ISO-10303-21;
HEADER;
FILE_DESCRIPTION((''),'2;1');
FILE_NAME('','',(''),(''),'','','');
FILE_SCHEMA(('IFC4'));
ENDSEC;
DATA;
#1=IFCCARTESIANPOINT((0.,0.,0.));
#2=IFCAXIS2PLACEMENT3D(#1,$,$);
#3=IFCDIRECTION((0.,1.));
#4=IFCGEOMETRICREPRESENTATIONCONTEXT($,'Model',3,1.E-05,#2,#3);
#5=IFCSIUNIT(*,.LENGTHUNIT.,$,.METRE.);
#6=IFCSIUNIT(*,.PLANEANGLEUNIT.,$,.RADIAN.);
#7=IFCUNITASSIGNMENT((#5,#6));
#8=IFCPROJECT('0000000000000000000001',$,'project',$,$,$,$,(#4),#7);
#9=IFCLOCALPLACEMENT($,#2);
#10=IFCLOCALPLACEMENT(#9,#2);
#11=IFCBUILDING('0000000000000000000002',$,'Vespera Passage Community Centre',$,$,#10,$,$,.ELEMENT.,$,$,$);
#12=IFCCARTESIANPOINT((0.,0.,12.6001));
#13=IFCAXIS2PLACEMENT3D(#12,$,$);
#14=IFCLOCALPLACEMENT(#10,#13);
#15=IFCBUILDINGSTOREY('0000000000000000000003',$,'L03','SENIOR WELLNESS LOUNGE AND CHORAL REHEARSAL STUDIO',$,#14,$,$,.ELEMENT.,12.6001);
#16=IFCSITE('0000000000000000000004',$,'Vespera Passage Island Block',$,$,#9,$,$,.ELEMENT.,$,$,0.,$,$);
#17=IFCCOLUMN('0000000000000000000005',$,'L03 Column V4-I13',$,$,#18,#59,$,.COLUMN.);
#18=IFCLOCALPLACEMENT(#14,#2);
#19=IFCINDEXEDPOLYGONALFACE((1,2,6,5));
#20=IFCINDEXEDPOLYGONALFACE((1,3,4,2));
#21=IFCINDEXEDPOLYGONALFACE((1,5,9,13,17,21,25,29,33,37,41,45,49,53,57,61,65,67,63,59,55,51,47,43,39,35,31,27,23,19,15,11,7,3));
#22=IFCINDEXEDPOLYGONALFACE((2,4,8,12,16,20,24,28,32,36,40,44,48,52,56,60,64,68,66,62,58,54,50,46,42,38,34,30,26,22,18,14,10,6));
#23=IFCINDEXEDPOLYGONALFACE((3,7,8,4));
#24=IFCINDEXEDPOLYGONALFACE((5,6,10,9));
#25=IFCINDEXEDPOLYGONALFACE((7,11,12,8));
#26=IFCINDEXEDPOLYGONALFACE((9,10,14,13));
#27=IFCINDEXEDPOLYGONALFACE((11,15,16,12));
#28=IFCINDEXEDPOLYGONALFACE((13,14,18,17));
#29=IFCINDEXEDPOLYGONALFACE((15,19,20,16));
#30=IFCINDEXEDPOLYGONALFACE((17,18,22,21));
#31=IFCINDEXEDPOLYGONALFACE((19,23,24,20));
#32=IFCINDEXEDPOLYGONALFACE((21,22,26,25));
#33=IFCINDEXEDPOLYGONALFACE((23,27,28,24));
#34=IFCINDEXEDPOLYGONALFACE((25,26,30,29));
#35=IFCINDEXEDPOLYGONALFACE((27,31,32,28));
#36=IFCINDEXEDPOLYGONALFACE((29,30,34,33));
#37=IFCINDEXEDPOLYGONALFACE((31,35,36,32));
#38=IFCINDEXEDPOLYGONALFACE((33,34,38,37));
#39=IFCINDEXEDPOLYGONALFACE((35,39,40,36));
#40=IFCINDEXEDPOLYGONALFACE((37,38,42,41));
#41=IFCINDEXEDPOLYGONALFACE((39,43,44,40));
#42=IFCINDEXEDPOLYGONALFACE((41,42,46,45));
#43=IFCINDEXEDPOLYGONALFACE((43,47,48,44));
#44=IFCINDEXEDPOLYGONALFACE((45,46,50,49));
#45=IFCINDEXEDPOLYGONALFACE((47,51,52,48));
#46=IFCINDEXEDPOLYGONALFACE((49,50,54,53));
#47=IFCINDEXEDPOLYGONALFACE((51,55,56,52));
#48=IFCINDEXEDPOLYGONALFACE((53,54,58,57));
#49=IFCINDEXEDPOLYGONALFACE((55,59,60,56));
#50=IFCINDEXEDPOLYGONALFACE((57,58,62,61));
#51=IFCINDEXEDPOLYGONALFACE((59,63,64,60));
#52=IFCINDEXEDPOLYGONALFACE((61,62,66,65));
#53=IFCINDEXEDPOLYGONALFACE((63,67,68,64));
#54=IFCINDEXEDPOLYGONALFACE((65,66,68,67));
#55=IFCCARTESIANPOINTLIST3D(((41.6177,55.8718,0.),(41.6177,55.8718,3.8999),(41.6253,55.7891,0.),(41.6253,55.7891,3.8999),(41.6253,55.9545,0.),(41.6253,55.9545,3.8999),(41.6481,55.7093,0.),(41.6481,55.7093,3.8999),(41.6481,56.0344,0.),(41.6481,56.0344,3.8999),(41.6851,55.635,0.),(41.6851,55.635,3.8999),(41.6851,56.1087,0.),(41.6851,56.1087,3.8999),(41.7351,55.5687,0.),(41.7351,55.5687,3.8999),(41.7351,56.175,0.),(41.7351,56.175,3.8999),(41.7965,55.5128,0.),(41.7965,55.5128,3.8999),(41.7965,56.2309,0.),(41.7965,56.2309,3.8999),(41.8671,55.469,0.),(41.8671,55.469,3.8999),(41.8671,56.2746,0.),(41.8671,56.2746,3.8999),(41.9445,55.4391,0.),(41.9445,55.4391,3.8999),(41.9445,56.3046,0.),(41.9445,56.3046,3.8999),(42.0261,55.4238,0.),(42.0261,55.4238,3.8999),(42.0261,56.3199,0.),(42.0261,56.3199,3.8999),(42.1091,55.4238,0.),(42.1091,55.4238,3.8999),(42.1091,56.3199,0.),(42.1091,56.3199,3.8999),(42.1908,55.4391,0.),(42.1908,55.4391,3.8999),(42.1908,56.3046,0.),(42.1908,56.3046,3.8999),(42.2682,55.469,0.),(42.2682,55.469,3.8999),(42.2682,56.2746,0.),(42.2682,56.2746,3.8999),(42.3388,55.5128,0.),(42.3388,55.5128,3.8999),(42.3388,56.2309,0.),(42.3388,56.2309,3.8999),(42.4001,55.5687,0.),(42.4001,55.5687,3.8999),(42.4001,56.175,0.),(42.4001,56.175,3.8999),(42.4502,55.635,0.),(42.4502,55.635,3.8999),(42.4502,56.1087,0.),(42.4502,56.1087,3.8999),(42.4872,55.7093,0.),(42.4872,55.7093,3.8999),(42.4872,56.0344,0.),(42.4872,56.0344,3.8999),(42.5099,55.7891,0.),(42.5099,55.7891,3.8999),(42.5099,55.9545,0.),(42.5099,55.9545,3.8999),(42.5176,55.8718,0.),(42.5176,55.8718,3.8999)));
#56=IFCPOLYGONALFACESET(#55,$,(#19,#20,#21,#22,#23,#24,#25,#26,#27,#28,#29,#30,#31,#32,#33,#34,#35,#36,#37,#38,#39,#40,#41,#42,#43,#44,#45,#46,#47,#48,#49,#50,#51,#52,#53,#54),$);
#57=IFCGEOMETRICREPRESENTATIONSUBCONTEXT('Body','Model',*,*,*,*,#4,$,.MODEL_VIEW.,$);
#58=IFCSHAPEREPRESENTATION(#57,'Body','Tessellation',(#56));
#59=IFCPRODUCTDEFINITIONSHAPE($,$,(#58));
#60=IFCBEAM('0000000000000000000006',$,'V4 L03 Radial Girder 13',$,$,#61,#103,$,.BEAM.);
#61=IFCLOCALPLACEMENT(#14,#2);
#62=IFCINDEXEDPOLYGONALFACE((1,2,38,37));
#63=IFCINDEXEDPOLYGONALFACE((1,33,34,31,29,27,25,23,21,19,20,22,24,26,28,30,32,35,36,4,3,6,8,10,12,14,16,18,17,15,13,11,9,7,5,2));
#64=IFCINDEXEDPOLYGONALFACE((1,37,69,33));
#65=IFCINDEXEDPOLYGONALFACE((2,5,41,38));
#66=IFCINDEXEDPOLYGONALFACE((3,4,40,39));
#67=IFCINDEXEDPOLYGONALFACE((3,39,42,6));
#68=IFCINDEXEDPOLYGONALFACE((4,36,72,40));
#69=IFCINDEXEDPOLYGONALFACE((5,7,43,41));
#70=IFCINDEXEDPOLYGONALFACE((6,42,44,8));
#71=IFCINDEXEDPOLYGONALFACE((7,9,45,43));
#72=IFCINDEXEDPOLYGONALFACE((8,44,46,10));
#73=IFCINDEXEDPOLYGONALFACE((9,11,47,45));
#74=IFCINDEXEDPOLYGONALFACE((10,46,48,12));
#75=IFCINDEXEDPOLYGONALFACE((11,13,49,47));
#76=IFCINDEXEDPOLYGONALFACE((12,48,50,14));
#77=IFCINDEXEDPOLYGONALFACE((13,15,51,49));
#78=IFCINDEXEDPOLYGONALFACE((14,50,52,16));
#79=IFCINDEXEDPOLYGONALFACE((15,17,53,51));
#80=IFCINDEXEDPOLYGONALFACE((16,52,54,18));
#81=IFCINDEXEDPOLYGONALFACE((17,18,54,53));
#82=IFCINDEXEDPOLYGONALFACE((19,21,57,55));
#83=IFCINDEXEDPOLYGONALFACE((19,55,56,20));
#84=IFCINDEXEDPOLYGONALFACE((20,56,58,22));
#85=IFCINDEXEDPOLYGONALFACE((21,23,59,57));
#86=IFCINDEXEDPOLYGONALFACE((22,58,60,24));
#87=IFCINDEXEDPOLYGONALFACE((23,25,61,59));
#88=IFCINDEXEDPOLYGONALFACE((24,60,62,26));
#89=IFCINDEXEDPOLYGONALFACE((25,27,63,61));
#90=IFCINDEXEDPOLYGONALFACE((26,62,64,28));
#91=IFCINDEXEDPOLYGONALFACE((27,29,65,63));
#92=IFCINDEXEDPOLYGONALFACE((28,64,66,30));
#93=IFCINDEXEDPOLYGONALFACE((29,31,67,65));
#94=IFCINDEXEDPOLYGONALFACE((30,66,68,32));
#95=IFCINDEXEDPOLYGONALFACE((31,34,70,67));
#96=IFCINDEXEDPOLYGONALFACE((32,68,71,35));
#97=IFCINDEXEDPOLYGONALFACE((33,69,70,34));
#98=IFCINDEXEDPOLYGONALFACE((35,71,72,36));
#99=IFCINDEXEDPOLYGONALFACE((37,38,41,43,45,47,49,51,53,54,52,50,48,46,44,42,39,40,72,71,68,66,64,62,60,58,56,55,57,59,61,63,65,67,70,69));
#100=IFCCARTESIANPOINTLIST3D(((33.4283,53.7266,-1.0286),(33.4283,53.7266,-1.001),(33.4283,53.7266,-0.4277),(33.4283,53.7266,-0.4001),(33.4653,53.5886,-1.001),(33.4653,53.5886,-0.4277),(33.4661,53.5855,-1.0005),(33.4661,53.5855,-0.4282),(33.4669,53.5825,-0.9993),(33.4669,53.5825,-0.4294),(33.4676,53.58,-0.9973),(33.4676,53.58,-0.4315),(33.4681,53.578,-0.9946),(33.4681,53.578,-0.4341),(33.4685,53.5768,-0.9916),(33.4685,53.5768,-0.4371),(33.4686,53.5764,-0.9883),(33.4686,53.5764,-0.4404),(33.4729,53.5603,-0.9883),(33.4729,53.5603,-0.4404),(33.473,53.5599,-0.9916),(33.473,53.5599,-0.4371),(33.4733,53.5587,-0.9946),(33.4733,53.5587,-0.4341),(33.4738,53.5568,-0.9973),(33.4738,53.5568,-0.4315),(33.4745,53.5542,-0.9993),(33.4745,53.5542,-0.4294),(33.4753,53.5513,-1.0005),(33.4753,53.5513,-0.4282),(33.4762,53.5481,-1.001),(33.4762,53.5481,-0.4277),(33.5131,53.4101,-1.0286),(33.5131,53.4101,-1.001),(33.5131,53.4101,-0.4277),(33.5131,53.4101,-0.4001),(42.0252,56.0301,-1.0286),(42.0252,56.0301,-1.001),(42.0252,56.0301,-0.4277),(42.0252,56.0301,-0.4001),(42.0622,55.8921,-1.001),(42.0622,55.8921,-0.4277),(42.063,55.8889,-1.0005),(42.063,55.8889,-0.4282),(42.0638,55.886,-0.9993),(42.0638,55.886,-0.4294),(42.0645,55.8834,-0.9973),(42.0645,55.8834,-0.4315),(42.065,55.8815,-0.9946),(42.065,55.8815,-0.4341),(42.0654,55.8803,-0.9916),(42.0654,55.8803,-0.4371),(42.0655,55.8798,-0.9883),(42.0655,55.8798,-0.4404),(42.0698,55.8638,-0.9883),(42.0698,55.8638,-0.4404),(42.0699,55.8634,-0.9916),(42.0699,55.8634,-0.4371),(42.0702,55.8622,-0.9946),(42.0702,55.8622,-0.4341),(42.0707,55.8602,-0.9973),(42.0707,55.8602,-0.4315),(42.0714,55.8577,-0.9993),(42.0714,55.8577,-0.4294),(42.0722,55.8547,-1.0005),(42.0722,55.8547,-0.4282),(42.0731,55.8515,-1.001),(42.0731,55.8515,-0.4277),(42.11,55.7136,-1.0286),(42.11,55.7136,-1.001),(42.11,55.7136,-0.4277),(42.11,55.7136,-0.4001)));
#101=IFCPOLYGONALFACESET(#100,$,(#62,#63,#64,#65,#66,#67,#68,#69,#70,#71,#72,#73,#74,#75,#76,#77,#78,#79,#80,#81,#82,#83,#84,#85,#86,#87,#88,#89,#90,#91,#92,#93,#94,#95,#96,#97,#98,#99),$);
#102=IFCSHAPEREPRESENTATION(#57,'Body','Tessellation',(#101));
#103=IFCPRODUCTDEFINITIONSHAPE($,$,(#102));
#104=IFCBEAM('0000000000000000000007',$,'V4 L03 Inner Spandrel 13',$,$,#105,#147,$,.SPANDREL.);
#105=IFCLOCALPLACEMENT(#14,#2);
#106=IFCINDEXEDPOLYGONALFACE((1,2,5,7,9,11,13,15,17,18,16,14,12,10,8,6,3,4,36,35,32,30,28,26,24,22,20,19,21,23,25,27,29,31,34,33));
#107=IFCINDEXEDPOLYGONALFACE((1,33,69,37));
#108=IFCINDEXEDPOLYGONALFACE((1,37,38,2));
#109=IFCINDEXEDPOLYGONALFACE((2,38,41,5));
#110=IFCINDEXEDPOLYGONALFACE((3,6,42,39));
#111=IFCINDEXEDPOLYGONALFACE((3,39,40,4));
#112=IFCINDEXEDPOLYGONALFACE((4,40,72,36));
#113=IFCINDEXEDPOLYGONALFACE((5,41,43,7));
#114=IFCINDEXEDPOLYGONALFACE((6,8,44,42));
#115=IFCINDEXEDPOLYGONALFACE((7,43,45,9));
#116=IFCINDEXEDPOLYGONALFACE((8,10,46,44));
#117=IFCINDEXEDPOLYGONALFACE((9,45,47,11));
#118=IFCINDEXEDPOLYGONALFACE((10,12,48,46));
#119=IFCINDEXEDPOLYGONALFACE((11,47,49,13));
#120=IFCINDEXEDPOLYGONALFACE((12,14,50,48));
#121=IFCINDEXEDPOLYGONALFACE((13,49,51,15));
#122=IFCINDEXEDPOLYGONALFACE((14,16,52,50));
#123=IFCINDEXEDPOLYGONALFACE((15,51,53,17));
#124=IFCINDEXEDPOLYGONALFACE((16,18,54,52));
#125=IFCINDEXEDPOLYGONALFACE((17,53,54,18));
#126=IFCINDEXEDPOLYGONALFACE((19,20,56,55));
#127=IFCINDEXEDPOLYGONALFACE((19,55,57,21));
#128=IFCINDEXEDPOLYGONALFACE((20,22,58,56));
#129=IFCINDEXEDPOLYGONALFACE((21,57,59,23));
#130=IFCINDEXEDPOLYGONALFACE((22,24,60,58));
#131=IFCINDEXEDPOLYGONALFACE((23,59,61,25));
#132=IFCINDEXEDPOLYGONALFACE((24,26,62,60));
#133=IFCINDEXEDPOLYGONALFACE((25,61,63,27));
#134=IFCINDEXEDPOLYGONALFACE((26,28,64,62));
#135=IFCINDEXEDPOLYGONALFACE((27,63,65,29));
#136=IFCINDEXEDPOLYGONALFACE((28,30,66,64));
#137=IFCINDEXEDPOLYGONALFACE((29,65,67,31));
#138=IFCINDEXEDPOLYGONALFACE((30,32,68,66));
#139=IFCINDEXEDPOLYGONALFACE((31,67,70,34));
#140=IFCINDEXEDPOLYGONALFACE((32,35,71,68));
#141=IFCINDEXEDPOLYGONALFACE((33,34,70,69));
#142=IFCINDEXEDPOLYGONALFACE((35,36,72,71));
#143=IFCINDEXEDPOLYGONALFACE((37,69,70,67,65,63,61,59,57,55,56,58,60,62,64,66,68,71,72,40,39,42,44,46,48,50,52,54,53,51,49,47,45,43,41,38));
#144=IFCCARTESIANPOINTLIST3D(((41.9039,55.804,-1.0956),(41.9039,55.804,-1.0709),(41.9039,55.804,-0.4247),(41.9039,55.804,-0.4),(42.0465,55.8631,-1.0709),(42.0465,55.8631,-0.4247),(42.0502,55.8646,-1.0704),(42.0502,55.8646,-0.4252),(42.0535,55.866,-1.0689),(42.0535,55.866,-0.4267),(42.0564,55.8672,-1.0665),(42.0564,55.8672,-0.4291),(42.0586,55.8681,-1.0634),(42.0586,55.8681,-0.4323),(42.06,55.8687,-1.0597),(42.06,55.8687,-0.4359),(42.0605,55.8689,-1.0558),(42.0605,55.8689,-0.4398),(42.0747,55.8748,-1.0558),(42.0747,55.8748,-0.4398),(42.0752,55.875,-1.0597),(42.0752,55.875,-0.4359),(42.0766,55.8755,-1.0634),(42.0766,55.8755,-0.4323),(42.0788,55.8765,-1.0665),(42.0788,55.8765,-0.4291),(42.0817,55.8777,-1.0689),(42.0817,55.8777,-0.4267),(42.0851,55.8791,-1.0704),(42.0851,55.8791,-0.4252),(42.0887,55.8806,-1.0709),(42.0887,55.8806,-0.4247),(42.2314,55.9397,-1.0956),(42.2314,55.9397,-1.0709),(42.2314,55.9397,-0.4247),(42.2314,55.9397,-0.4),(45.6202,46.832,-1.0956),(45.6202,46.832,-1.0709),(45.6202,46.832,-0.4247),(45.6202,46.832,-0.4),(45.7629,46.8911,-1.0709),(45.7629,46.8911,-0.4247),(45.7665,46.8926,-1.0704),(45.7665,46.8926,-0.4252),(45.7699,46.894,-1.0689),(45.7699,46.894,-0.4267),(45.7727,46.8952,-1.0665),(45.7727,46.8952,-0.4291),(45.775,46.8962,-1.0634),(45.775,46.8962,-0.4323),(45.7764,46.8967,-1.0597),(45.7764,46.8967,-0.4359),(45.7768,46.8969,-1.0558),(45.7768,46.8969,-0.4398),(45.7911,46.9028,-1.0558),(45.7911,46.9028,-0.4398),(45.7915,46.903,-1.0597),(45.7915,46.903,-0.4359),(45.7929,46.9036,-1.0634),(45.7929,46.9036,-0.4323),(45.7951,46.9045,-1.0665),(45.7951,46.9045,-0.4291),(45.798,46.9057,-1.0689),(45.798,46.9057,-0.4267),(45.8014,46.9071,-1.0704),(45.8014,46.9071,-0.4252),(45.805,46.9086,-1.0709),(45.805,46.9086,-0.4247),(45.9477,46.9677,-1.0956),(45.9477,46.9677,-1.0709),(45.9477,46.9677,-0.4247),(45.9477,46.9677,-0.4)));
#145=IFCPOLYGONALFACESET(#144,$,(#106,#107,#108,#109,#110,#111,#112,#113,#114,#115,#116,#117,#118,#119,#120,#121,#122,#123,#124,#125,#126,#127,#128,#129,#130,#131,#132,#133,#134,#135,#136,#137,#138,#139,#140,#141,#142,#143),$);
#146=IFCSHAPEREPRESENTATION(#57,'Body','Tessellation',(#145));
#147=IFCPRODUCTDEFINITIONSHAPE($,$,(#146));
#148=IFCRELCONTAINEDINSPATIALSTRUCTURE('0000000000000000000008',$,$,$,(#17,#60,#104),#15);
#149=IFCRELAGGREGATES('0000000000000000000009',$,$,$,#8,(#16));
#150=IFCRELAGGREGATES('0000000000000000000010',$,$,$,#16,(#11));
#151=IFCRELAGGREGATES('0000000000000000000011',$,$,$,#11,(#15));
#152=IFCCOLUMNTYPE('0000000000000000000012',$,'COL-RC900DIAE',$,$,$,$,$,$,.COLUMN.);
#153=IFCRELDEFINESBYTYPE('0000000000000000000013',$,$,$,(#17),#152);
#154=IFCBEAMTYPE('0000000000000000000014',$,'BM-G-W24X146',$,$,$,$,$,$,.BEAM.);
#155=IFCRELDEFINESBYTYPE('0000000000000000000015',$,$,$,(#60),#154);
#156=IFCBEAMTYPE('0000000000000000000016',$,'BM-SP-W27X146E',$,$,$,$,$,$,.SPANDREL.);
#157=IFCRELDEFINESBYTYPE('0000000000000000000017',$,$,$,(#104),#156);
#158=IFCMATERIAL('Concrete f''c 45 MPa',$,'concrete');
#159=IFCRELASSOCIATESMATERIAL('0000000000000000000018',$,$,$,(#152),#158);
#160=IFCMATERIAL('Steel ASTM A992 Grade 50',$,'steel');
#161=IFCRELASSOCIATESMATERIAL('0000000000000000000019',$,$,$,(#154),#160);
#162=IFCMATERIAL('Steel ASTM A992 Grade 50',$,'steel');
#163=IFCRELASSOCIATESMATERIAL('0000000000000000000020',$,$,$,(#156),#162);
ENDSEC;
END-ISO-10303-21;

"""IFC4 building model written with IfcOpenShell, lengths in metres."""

from ifc_helpers import new_model, si_unit, direction, frame, origin, origin_2d, place, context, subcontext, project, spatial, circle, i_section, extrude, material, material_profile, profile_set, type_object, element, save


model = new_model("IFC4")

# Units and contexts
model_context = context("Model", 3, precision=1e-05, world=origin(), true_north=direction((0.0, 1.0)))
body_context = subcontext(model_context, "Body", "Model", "MODEL_VIEW")
ifc_project = project(units=[si_unit("LENGTHUNIT", "METRE"), si_unit("PLANEANGLEUNIT", "RADIAN")], contexts=[model_context])

# Site, building, storey
site_placement = place(None, origin())
site = spatial("IfcSite", under=ifc_project, at=site_placement, Name="Vespera Passage Island Block", CompositionType="ELEMENT", RefElevation=0.0)
building_placement = place(site_placement, origin())
building = spatial("IfcBuilding", under=site, at=building_placement, Name="Vespera Passage Community Centre", CompositionType="ELEMENT")
storey_placement = place(building_placement, frame((0.0, 0.0, 12.6001)))
storey = spatial("IfcBuildingStorey", under=building, at=storey_placement, Name="L03", Description="SENIOR WELLNESS LOUNGE AND CHORAL REHEARSAL STUDIO", CompositionType="ELEMENT", Elevation=12.6001)

# Column
ifc_material_1 = material(Name="Concrete f'c 45 MPa", Category="concrete")
ifc_material_profile_1 = material_profile(ifc_material_1, circle(Radius=0.45, at=origin_2d()), Name="RC900DIA")
ifc_profile_set_1 = profile_set([ifc_material_profile_1], Name="Concrete f'c 45 MPa")
column_type = type_object("IfcColumnType", Name="COL-RC900DIAE", PredefinedType="COLUMN", material=ifc_profile_set_1)
column_placement = place(storey_placement, frame((42.0676, 55.8718, 0.0), z_axis=(0.0, 0.0, 1.0), x_axis=(1.0, 0.0, 0.0)))
element("IfcColumn", 1, at=column_placement, inside=storey, type_object=column_type, Name="L03 Column V4-I13", PredefinedType="COLUMN", context=body_context, shape_type="SweptSolid", body=[
    extrude(circle(Radius=0.45, at=origin_2d()), origin(), (0.0, 0.0, 1.0), 3.8999),
])

# Beams
ifc_material_2 = material(Name="Steel ASTM A992 Grade 50", Category="steel")
ifc_material_profile_2 = material_profile(ifc_material_2, i_section(OverallWidth=0.3276, OverallDepth=0.6284, WebThickness=0.0166, FlangeThickness=0.0276, FilletRadius=0.0127, at=origin_2d()), Name="W24X146")
ifc_profile_set_2 = profile_set([ifc_material_profile_2], Name="Steel ASTM A992 Grade 50")
beam_type_1 = type_object("IfcBeamType", Name="BM-G-W24X146", PredefinedType="BEAM", material=ifc_profile_set_2)
beam_1_placement = place(storey_placement, frame((42.0676, 55.8718, -0.7144), z_axis=(-0.965928, -0.258811, 0.0), x_axis=(0.258811, -0.965928, 0.0)))
element("IfcBeam", 2, at=beam_1_placement, inside=storey, type_object=beam_type_1, Name="V4 L03 Radial Girder 13", PredefinedType="BEAM", context=body_context, shape_type="SweptSolid", body=[
    extrude(i_section(OverallWidth=0.3276, OverallDepth=0.6284, WebThickness=0.0166, FlangeThickness=0.0276, FilletRadius=0.0127, at=origin_2d()), origin(), (0.0, 0.0, 1.0), 8.9001),
])
ifc_material_3 = material(Name="Steel ASTM A992 Grade 50", Category="steel")
ifc_material_profile_3 = material_profile(ifc_material_3, i_section(OverallWidth=0.3545, OverallDepth=0.6956, WebThickness=0.0154, FlangeThickness=0.0247, FilletRadius=0.0151, at=origin_2d()), Name="W27X146")
ifc_profile_set_3 = profile_set([ifc_material_profile_3], Name="Steel ASTM A992 Grade 50")
beam_type_2 = type_object("IfcBeamType", Name="BM-SP-W27X146E", PredefinedType="SPANDREL", material=ifc_profile_set_3)
beam_2_placement = place(storey_placement, frame((42.0676, 55.8718, -0.7478), z_axis=(0.382685, -0.923879, 0.0), x_axis=(0.923879, 0.382685, 0.0)))
element("IfcBeam", 3, at=beam_2_placement, inside=storey, type_object=beam_type_2, Name="V4 L03 Inner Spandrel 13", PredefinedType="SPANDREL", context=body_context, shape_type="SweptSolid", body=[
    extrude(i_section(OverallWidth=0.3545, OverallDepth=0.6956, WebThickness=0.0154, FlangeThickness=0.0247, FilletRadius=0.0151, at=origin_2d()), origin(), (0.0, 0.0, 1.0), 9.7112),
])

save(model, "model.ifc")
